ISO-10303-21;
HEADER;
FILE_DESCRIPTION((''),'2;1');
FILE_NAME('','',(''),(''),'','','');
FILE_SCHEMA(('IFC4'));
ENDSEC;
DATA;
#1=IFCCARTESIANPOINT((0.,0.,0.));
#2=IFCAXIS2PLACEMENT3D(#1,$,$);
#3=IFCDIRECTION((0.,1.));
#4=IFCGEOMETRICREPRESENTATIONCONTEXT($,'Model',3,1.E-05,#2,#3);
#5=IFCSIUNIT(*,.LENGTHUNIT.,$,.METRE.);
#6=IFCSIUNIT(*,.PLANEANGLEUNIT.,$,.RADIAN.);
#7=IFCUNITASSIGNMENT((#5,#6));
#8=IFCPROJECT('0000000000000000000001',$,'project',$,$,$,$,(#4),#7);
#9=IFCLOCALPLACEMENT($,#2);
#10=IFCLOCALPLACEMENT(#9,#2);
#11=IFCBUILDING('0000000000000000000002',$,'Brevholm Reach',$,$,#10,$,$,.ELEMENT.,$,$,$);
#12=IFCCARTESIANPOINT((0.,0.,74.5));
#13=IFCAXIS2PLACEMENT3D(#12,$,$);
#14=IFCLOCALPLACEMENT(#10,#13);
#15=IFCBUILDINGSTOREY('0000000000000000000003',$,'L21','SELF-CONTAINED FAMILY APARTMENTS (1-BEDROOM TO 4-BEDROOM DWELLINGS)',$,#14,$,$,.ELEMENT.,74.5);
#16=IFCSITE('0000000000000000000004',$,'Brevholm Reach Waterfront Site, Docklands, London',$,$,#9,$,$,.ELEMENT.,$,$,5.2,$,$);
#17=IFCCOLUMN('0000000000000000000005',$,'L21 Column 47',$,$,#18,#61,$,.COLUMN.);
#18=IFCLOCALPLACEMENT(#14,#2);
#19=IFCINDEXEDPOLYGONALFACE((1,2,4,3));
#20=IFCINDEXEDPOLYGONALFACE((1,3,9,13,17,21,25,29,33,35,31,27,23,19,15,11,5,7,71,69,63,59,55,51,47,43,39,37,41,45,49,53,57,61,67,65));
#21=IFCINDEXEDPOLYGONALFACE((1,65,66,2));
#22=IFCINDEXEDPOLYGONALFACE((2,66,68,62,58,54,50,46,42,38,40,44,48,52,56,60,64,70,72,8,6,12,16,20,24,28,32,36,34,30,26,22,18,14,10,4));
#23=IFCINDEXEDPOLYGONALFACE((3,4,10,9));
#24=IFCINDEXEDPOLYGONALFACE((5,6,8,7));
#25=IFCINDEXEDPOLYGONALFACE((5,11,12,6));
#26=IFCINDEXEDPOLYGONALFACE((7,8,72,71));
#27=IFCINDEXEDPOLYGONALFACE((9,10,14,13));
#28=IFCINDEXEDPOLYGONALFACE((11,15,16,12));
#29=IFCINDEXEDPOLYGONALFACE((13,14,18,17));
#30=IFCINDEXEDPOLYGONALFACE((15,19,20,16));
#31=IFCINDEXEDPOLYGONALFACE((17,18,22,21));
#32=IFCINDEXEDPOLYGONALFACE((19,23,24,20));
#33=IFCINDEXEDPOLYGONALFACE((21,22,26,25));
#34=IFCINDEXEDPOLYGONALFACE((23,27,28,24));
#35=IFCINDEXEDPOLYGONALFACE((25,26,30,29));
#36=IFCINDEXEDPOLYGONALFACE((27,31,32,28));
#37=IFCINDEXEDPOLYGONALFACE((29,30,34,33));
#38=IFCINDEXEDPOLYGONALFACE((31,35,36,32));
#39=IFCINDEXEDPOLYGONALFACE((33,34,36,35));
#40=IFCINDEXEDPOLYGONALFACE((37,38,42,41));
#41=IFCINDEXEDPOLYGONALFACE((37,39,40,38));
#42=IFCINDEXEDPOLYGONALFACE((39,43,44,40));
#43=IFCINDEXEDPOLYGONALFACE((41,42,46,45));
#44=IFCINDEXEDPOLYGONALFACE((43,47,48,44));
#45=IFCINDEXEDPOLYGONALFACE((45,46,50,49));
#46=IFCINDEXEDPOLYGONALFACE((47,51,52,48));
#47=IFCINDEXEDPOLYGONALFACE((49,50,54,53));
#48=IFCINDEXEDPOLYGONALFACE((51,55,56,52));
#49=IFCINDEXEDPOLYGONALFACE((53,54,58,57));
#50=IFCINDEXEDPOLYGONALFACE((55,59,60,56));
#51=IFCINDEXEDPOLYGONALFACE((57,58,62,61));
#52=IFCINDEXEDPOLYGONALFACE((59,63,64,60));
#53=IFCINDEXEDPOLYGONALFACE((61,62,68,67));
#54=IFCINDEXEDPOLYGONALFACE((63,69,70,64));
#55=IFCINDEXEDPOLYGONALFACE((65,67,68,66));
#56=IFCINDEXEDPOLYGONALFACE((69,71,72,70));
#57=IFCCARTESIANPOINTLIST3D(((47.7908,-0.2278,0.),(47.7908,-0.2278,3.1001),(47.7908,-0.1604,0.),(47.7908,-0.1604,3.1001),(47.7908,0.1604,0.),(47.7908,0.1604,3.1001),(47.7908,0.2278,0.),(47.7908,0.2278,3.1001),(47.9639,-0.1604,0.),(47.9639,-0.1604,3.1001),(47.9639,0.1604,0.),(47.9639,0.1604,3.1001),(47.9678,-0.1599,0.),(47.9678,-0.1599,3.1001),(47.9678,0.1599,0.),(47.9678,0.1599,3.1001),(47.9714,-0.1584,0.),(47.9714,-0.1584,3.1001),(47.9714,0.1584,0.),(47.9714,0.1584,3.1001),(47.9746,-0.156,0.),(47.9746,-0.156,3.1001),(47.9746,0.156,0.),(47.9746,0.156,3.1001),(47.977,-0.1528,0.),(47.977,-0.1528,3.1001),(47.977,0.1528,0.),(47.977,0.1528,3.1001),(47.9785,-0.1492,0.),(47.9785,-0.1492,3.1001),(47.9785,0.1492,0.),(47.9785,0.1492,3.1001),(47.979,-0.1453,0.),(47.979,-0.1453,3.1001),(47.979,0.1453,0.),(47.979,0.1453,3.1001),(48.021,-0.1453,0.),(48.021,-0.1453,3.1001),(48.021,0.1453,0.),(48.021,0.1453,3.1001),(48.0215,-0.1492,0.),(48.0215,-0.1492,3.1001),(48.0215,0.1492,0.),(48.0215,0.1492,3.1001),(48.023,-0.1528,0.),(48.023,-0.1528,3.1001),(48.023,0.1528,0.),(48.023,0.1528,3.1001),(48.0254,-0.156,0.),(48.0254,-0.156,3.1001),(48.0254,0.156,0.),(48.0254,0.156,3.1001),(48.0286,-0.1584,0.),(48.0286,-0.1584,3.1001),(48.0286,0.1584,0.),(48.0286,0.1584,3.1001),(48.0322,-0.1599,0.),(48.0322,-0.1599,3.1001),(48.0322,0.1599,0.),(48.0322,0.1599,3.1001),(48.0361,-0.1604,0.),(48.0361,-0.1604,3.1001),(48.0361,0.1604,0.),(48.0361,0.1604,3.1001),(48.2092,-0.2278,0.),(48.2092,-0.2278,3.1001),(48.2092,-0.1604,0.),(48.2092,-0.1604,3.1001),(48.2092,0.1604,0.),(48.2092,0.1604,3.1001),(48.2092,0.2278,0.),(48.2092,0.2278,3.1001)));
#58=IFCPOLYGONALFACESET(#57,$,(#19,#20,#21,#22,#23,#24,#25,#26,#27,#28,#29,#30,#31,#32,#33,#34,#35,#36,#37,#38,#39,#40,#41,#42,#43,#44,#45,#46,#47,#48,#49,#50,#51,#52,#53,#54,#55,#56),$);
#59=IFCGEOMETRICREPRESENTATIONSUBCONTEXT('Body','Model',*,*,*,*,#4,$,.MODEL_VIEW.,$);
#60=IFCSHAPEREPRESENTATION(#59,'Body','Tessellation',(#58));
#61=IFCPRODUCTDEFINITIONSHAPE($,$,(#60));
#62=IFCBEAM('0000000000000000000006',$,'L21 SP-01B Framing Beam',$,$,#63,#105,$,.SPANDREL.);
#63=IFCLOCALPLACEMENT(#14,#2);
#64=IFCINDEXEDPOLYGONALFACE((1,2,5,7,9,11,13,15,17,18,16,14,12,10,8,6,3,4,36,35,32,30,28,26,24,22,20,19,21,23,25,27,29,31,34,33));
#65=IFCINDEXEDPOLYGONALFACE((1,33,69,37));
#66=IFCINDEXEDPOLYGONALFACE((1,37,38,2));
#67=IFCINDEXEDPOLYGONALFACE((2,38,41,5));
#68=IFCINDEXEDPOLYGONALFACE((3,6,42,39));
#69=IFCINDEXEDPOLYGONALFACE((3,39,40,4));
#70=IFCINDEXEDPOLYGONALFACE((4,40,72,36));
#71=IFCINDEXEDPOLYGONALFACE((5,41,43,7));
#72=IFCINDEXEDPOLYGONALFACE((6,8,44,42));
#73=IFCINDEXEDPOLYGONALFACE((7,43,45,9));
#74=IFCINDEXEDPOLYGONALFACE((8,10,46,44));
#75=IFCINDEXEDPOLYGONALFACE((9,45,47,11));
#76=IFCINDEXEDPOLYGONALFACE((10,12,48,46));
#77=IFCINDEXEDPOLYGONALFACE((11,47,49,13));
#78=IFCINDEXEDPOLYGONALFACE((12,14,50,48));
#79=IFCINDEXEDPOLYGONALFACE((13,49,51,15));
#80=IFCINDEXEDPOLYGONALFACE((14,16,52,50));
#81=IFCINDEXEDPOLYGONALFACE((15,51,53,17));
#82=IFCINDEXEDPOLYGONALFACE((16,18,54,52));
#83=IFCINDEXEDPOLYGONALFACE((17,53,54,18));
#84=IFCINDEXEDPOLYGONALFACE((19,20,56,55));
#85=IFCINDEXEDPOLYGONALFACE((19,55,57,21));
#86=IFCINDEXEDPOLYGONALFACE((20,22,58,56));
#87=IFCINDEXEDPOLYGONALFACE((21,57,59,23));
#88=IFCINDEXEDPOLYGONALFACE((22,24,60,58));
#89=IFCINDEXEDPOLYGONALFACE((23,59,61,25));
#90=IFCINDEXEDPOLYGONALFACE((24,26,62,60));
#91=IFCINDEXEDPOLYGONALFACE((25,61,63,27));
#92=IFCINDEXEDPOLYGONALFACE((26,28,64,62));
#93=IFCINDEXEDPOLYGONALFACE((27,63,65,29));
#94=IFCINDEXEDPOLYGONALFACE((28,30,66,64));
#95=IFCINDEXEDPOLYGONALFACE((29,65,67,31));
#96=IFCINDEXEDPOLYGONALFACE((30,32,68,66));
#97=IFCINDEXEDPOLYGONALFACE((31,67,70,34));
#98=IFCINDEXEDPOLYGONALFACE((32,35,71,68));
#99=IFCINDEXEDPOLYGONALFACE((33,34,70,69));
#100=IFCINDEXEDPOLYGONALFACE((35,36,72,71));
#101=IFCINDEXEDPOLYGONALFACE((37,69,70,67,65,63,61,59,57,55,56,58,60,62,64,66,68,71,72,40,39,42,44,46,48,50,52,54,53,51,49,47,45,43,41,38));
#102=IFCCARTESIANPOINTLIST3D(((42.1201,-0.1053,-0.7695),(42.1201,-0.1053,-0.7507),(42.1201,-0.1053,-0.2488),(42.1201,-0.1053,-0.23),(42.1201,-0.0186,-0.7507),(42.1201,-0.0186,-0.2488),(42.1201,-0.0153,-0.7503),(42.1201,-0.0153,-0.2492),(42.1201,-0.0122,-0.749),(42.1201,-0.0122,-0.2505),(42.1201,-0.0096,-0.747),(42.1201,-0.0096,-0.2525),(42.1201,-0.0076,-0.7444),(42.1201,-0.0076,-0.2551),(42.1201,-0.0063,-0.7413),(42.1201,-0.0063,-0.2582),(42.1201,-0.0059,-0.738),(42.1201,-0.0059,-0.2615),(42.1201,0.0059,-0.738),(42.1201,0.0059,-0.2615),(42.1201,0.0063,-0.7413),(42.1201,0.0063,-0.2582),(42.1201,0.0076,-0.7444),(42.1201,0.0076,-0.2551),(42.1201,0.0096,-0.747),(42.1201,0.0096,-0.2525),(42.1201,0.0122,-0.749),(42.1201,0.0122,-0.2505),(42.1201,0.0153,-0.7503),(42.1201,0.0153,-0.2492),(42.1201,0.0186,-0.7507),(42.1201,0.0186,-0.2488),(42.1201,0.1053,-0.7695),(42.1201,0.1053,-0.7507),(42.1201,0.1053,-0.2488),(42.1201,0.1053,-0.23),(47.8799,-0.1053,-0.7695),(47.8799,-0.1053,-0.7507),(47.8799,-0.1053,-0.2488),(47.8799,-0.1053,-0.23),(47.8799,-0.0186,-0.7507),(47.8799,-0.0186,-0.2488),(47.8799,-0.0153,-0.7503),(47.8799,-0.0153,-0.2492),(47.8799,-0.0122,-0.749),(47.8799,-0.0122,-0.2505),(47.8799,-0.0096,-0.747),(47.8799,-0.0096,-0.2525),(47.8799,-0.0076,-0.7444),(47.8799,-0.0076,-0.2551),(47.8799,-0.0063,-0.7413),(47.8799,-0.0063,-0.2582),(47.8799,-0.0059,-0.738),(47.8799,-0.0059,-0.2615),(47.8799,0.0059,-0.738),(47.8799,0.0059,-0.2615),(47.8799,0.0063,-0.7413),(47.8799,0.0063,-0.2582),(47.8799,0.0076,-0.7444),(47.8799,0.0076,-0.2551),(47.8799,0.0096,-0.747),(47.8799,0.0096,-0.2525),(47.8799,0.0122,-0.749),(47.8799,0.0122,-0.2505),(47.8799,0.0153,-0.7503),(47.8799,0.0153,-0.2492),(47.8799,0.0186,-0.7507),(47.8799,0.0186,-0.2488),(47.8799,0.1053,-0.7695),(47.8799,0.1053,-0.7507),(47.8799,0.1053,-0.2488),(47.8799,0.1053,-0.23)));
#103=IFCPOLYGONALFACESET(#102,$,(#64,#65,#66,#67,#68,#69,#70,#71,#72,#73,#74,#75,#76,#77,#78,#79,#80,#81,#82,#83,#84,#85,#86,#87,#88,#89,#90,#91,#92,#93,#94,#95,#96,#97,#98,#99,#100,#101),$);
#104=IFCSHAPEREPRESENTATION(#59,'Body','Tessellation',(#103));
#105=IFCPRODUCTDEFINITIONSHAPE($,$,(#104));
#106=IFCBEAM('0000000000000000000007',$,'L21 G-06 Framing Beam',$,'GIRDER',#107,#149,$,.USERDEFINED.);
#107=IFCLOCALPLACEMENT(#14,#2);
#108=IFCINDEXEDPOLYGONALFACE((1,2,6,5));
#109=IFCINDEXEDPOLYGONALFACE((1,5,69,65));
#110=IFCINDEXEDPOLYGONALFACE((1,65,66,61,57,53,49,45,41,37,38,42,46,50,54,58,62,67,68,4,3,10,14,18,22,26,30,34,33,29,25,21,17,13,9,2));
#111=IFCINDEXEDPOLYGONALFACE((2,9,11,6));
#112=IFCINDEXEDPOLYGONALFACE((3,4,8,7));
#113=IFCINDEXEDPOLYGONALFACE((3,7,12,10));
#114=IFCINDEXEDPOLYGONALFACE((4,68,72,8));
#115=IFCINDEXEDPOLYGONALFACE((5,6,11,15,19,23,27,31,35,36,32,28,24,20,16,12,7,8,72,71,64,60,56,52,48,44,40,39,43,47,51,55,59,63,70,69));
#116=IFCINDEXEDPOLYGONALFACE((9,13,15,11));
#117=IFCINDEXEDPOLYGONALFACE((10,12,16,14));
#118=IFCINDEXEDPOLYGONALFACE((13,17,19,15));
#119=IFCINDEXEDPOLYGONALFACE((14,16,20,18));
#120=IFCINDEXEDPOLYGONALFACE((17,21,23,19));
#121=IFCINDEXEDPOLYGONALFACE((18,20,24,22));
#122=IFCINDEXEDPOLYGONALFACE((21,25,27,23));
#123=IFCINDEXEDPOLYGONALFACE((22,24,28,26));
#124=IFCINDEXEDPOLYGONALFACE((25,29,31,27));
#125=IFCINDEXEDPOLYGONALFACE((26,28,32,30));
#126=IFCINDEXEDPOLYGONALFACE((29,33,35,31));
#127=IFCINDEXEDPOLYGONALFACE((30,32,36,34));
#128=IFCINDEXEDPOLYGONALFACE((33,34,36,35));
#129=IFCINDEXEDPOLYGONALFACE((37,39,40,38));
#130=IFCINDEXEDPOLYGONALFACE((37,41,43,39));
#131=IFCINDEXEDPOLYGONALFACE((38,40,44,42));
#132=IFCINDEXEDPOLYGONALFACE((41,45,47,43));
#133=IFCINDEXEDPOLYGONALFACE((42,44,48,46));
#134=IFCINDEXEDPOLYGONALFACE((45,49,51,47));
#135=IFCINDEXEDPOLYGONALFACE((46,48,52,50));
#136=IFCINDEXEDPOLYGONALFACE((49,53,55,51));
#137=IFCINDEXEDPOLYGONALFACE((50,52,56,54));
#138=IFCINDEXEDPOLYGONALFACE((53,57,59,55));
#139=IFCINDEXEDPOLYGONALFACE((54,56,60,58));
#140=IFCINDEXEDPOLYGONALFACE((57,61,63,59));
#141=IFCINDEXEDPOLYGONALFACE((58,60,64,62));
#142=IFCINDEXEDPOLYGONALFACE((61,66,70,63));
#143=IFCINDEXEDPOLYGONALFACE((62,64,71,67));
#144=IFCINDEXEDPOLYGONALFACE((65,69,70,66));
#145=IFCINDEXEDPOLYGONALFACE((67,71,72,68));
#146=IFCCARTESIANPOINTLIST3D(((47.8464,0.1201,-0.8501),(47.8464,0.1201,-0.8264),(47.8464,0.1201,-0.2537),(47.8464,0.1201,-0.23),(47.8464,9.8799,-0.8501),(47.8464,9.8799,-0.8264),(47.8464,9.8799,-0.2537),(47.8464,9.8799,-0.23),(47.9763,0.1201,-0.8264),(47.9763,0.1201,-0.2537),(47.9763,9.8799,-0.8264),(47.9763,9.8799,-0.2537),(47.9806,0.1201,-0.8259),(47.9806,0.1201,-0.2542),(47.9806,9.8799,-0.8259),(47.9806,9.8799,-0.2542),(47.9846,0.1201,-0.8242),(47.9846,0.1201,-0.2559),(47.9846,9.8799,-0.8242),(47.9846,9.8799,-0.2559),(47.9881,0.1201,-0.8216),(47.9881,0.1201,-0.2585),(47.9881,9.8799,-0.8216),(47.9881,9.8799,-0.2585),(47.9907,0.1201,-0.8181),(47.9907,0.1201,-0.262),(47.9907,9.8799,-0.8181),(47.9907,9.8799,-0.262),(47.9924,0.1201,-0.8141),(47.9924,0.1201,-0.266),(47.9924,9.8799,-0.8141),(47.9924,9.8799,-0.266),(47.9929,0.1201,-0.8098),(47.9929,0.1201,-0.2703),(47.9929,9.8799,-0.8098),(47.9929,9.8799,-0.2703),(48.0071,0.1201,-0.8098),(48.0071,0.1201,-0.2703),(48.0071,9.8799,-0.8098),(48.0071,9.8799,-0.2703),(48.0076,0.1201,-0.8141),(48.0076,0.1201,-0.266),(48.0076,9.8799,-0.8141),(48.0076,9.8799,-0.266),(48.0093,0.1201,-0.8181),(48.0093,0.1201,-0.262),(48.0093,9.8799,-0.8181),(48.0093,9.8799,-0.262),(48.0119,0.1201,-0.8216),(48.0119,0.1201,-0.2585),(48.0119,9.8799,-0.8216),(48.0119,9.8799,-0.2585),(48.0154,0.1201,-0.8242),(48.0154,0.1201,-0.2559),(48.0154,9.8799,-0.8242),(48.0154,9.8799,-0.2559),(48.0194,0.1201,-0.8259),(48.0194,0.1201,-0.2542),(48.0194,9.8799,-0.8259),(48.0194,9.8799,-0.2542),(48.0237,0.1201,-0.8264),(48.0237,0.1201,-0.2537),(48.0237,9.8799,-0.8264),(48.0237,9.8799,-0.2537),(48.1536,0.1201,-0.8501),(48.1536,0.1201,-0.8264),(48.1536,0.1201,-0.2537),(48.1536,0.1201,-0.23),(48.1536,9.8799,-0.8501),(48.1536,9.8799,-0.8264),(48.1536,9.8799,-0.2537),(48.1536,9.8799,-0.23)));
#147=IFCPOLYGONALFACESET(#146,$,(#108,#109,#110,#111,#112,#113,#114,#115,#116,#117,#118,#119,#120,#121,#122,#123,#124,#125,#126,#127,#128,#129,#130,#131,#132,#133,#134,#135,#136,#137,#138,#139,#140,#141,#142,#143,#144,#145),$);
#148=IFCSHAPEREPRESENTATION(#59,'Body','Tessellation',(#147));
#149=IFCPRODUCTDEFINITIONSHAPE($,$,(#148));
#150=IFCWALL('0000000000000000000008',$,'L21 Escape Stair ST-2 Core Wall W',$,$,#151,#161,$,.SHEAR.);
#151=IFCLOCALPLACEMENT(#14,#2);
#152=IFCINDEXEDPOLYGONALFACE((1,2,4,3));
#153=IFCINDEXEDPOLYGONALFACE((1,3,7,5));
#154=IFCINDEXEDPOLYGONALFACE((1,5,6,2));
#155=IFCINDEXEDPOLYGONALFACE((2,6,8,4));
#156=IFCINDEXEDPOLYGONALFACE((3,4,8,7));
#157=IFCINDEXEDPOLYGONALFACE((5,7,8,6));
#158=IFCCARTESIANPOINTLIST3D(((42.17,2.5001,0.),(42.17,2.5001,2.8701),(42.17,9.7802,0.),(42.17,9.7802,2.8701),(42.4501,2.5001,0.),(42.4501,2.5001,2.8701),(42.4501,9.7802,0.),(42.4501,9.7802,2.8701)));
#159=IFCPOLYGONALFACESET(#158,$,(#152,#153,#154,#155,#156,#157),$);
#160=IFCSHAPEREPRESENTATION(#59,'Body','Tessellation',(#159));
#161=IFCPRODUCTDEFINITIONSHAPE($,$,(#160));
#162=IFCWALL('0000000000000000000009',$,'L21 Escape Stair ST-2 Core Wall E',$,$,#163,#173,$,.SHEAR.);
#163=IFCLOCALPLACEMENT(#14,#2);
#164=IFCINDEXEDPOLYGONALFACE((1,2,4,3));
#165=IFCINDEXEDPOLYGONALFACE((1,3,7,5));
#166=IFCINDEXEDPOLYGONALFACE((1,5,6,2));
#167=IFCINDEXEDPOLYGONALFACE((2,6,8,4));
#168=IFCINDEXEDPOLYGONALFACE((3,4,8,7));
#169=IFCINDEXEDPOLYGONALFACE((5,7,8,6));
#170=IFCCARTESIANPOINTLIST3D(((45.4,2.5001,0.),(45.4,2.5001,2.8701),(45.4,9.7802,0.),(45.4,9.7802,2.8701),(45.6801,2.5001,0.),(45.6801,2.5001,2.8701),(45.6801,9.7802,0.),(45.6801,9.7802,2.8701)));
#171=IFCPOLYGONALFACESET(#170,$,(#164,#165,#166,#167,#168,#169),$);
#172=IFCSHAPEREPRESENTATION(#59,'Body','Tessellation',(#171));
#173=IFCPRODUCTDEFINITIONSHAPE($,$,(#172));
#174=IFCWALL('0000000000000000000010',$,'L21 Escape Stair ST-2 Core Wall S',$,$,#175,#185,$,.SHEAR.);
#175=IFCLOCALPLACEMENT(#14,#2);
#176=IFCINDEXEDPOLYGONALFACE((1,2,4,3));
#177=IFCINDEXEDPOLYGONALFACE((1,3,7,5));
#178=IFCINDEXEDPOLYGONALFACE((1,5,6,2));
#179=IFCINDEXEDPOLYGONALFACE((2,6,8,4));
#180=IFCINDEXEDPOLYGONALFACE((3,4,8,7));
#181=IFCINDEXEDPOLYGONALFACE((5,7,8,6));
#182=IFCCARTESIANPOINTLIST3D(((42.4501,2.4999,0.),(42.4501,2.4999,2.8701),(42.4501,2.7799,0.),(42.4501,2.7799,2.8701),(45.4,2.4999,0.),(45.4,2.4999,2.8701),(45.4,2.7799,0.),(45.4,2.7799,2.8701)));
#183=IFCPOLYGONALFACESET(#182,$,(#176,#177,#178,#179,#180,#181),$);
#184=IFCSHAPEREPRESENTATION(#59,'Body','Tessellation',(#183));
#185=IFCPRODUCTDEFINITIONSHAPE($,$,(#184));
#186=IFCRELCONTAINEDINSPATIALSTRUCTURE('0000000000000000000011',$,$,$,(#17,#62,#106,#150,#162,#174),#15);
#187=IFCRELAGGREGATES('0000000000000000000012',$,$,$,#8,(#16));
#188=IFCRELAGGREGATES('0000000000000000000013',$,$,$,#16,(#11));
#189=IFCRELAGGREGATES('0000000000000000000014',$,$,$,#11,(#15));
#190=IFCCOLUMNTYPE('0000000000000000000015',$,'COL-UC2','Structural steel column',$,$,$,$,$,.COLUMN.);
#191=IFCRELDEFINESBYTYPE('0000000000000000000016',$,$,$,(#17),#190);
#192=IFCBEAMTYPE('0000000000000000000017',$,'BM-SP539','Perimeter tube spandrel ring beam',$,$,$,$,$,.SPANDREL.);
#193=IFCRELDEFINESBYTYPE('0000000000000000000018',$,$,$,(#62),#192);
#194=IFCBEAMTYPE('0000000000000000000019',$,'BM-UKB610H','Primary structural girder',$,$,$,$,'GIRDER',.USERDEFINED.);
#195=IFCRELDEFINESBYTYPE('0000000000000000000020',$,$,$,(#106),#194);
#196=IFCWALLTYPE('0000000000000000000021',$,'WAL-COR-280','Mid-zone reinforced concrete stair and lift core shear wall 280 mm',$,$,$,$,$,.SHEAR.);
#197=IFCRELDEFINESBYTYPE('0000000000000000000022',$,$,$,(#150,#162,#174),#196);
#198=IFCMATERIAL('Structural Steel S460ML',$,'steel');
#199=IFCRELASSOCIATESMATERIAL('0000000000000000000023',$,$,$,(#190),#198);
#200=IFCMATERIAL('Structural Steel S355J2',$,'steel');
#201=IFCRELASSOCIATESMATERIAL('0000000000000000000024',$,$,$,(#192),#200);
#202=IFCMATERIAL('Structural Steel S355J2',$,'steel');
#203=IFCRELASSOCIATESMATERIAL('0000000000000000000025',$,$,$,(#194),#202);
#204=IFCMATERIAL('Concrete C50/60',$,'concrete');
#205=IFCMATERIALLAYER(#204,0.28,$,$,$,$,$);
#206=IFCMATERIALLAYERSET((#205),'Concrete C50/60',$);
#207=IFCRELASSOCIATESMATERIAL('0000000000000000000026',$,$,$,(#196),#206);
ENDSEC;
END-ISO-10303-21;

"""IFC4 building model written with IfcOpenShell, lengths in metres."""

from ifc_helpers import new_model, si_unit, direction, frame, frame_2d, origin, origin_2d, place, context, subcontext, project, spatial, rectangle, i_section, extrude, material, layer, layer_set, material_profile, profile_set, type_object, element, save


model = new_model("IFC4")

# Units and contexts
model_context = context("Model", 3, precision=1e-05, world=origin(), true_north=direction((0.0, 1.0)))
body_context = subcontext(model_context, "Body", "Model", "MODEL_VIEW")
ifc_project = project(units=[si_unit("LENGTHUNIT", "METRE"), si_unit("PLANEANGLEUNIT", "RADIAN")], contexts=[model_context])

# Site, building, storey
site_placement = place(None, origin())
site = spatial("IfcSite", under=ifc_project, at=site_placement, Name="Brevholm Reach Waterfront Site, Docklands, London", CompositionType="ELEMENT", RefElevation=5.2)
building_placement = place(site_placement, origin())
building = spatial("IfcBuilding", under=site, at=building_placement, Name="Brevholm Reach", CompositionType="ELEMENT")
storey_placement = place(building_placement, frame((0.0, 0.0, 74.5)))
storey = spatial("IfcBuildingStorey", under=building, at=storey_placement, Name="L21", Description="SELF-CONTAINED FAMILY APARTMENTS (1-BEDROOM TO 4-BEDROOM DWELLINGS)", CompositionType="ELEMENT", Elevation=74.5)

# Column
ifc_material_1 = material(Name="Structural Steel S460ML", Category="steel")
ifc_material_profile_1 = material_profile(ifc_material_1, i_section(OverallWidth=0.4185, OverallDepth=0.4556, WebThickness=0.042, FlangeThickness=0.0674, FilletRadius=0.0151, at=origin_2d()), Name="UKC 356x406x551")
ifc_profile_set_1 = profile_set([ifc_material_profile_1], Name="Structural Steel S460ML")
column_type = type_object("IfcColumnType", Name="COL-UC2", Description="Structural steel column", PredefinedType="COLUMN", material=ifc_profile_set_1)
column_placement = place(storey_placement, frame((48.0, 0.0, 0.0), z_axis=(0.0, 0.0, 1.0), x_axis=(1.0, 0.0, 0.0)))
element("IfcColumn", 1, at=column_placement, inside=storey, type_object=column_type, Name="L21 Column 47", PredefinedType="COLUMN", context=body_context, shape_type="SweptSolid", body=[
    extrude(i_section(OverallWidth=0.4185, OverallDepth=0.4556, WebThickness=0.042, FlangeThickness=0.0674, FilletRadius=0.0151, at=origin_2d()), origin(), (0.0, 0.0, 1.0), 3.1001),
])

# Beams
ifc_material_2 = material(Name="Structural Steel S355J2", Category="steel")
ifc_material_profile_2 = material_profile(ifc_material_2, i_section(OverallWidth=0.2107, OverallDepth=0.5396, WebThickness=0.0117, FlangeThickness=0.0188, FilletRadius=0.0127, at=origin_2d()), Name="UKB 533x210x109")
ifc_profile_set_2 = profile_set([ifc_material_profile_2], Name="Structural Steel S355J2")
beam_type_1 = type_object("IfcBeamType", Name="BM-SP539", Description="Perimeter tube spandrel ring beam", PredefinedType="SPANDREL", material=ifc_profile_set_2)
beam_1_placement = place(storey_placement, frame((42.1201, 0.0, -0.4998), z_axis=(1.0, 0.0, 0.0), x_axis=(0.0, 1.0, 0.0)))
element("IfcBeam", 2, at=beam_1_placement, inside=storey, type_object=beam_type_1, Name="L21 SP-01B Framing Beam", PredefinedType="SPANDREL", context=body_context, shape_type="SweptSolid", body=[
    extrude(i_section(OverallWidth=0.2107, OverallDepth=0.5396, WebThickness=0.0117, FlangeThickness=0.0188, FilletRadius=0.0127, at=origin_2d()), origin(), (0.0, 0.0, 1.0), 5.7598),
])
ifc_material_3 = material(Name="Structural Steel S355J2", Category="steel")
ifc_material_profile_3 = material_profile(ifc_material_3, i_section(OverallWidth=0.3071, OverallDepth=0.6201, WebThickness=0.0142, FlangeThickness=0.0237, FilletRadius=0.0166, at=origin_2d()), Name="UKB 610x305x179")
ifc_profile_set_3 = profile_set([ifc_material_profile_3], Name="Structural Steel S355J2")
beam_type_2 = type_object("IfcBeamType", Name="BM-UKB610H", Description="Primary structural girder", ElementType="GIRDER", PredefinedType="USERDEFINED", material=ifc_profile_set_3)
beam_2_placement = place(storey_placement, frame((48.0, 0.1201, -0.54), z_axis=(0.0, 1.0, 0.0), x_axis=(-1.0, 0.0, 0.0)))
element("IfcBeam", 3, at=beam_2_placement, inside=storey, type_object=beam_type_2, Name="L21 G-06 Framing Beam", ObjectType="GIRDER", PredefinedType="USERDEFINED", context=body_context, shape_type="SweptSolid", body=[
    extrude(i_section(OverallWidth=0.3071, OverallDepth=0.6201, WebThickness=0.0142, FlangeThickness=0.0237, FilletRadius=0.0166, at=origin_2d()), origin(), (0.0, 0.0, 1.0), 9.7598),
])

# Walls
ifc_material_4 = material(Name="Concrete C50/60", Category="concrete")
ifc_layer_1 = layer(ifc_material_4, 0.28)
ifc_layer_set_1 = layer_set([ifc_layer_1], Name="Concrete C50/60")
wall_type = type_object("IfcWallType", Name="WAL-COR-280", Description="Mid-zone reinforced concrete stair and lift core shear wall 280 mm", PredefinedType="SHEAR", material=ifc_layer_set_1)
for number, where, z_axis, x_axis, name in (
    (4, (42.3101, 2.5, 0.0), (0.0, 0.0, 1.0), (0.0, 1.0, 0.0), "L21 Escape Stair ST-2 Core Wall W"),
    (5, (45.54, 2.5, 0.0), (0.0, 0.0, 1.0), (0.0, 1.0, 0.0), "L21 Escape Stair ST-2 Core Wall E"),
):
    element("IfcWall", number, at=place(storey_placement, frame(where, z_axis=z_axis, x_axis=x_axis)), inside=storey, type_object=wall_type, Name=name, PredefinedType="SHEAR", context=body_context, shape_type="SweptSolid", body=[
        extrude(rectangle(XDim=7.28, YDim=0.28, at=frame_2d((3.6401, 0.0))), origin(), (0.0, 0.0, 1.0), 2.8701),
    ])
wall_1_placement = place(storey_placement, frame((42.45, 2.6399, 0.0), z_axis=(0.0, 0.0, 1.0), x_axis=(1.0, 0.0, 0.0)))
element("IfcWall", 6, at=wall_1_placement, inside=storey, type_object=wall_type, Name="L21 Escape Stair ST-2 Core Wall S", PredefinedType="SHEAR", context=body_context, shape_type="SweptSolid", body=[
    extrude(rectangle(XDim=2.95, YDim=0.28, at=frame_2d((1.4751, 0.0))), origin(), (0.0, 0.0, 1.0), 2.8701),
])

save(model, "model.ifc")
